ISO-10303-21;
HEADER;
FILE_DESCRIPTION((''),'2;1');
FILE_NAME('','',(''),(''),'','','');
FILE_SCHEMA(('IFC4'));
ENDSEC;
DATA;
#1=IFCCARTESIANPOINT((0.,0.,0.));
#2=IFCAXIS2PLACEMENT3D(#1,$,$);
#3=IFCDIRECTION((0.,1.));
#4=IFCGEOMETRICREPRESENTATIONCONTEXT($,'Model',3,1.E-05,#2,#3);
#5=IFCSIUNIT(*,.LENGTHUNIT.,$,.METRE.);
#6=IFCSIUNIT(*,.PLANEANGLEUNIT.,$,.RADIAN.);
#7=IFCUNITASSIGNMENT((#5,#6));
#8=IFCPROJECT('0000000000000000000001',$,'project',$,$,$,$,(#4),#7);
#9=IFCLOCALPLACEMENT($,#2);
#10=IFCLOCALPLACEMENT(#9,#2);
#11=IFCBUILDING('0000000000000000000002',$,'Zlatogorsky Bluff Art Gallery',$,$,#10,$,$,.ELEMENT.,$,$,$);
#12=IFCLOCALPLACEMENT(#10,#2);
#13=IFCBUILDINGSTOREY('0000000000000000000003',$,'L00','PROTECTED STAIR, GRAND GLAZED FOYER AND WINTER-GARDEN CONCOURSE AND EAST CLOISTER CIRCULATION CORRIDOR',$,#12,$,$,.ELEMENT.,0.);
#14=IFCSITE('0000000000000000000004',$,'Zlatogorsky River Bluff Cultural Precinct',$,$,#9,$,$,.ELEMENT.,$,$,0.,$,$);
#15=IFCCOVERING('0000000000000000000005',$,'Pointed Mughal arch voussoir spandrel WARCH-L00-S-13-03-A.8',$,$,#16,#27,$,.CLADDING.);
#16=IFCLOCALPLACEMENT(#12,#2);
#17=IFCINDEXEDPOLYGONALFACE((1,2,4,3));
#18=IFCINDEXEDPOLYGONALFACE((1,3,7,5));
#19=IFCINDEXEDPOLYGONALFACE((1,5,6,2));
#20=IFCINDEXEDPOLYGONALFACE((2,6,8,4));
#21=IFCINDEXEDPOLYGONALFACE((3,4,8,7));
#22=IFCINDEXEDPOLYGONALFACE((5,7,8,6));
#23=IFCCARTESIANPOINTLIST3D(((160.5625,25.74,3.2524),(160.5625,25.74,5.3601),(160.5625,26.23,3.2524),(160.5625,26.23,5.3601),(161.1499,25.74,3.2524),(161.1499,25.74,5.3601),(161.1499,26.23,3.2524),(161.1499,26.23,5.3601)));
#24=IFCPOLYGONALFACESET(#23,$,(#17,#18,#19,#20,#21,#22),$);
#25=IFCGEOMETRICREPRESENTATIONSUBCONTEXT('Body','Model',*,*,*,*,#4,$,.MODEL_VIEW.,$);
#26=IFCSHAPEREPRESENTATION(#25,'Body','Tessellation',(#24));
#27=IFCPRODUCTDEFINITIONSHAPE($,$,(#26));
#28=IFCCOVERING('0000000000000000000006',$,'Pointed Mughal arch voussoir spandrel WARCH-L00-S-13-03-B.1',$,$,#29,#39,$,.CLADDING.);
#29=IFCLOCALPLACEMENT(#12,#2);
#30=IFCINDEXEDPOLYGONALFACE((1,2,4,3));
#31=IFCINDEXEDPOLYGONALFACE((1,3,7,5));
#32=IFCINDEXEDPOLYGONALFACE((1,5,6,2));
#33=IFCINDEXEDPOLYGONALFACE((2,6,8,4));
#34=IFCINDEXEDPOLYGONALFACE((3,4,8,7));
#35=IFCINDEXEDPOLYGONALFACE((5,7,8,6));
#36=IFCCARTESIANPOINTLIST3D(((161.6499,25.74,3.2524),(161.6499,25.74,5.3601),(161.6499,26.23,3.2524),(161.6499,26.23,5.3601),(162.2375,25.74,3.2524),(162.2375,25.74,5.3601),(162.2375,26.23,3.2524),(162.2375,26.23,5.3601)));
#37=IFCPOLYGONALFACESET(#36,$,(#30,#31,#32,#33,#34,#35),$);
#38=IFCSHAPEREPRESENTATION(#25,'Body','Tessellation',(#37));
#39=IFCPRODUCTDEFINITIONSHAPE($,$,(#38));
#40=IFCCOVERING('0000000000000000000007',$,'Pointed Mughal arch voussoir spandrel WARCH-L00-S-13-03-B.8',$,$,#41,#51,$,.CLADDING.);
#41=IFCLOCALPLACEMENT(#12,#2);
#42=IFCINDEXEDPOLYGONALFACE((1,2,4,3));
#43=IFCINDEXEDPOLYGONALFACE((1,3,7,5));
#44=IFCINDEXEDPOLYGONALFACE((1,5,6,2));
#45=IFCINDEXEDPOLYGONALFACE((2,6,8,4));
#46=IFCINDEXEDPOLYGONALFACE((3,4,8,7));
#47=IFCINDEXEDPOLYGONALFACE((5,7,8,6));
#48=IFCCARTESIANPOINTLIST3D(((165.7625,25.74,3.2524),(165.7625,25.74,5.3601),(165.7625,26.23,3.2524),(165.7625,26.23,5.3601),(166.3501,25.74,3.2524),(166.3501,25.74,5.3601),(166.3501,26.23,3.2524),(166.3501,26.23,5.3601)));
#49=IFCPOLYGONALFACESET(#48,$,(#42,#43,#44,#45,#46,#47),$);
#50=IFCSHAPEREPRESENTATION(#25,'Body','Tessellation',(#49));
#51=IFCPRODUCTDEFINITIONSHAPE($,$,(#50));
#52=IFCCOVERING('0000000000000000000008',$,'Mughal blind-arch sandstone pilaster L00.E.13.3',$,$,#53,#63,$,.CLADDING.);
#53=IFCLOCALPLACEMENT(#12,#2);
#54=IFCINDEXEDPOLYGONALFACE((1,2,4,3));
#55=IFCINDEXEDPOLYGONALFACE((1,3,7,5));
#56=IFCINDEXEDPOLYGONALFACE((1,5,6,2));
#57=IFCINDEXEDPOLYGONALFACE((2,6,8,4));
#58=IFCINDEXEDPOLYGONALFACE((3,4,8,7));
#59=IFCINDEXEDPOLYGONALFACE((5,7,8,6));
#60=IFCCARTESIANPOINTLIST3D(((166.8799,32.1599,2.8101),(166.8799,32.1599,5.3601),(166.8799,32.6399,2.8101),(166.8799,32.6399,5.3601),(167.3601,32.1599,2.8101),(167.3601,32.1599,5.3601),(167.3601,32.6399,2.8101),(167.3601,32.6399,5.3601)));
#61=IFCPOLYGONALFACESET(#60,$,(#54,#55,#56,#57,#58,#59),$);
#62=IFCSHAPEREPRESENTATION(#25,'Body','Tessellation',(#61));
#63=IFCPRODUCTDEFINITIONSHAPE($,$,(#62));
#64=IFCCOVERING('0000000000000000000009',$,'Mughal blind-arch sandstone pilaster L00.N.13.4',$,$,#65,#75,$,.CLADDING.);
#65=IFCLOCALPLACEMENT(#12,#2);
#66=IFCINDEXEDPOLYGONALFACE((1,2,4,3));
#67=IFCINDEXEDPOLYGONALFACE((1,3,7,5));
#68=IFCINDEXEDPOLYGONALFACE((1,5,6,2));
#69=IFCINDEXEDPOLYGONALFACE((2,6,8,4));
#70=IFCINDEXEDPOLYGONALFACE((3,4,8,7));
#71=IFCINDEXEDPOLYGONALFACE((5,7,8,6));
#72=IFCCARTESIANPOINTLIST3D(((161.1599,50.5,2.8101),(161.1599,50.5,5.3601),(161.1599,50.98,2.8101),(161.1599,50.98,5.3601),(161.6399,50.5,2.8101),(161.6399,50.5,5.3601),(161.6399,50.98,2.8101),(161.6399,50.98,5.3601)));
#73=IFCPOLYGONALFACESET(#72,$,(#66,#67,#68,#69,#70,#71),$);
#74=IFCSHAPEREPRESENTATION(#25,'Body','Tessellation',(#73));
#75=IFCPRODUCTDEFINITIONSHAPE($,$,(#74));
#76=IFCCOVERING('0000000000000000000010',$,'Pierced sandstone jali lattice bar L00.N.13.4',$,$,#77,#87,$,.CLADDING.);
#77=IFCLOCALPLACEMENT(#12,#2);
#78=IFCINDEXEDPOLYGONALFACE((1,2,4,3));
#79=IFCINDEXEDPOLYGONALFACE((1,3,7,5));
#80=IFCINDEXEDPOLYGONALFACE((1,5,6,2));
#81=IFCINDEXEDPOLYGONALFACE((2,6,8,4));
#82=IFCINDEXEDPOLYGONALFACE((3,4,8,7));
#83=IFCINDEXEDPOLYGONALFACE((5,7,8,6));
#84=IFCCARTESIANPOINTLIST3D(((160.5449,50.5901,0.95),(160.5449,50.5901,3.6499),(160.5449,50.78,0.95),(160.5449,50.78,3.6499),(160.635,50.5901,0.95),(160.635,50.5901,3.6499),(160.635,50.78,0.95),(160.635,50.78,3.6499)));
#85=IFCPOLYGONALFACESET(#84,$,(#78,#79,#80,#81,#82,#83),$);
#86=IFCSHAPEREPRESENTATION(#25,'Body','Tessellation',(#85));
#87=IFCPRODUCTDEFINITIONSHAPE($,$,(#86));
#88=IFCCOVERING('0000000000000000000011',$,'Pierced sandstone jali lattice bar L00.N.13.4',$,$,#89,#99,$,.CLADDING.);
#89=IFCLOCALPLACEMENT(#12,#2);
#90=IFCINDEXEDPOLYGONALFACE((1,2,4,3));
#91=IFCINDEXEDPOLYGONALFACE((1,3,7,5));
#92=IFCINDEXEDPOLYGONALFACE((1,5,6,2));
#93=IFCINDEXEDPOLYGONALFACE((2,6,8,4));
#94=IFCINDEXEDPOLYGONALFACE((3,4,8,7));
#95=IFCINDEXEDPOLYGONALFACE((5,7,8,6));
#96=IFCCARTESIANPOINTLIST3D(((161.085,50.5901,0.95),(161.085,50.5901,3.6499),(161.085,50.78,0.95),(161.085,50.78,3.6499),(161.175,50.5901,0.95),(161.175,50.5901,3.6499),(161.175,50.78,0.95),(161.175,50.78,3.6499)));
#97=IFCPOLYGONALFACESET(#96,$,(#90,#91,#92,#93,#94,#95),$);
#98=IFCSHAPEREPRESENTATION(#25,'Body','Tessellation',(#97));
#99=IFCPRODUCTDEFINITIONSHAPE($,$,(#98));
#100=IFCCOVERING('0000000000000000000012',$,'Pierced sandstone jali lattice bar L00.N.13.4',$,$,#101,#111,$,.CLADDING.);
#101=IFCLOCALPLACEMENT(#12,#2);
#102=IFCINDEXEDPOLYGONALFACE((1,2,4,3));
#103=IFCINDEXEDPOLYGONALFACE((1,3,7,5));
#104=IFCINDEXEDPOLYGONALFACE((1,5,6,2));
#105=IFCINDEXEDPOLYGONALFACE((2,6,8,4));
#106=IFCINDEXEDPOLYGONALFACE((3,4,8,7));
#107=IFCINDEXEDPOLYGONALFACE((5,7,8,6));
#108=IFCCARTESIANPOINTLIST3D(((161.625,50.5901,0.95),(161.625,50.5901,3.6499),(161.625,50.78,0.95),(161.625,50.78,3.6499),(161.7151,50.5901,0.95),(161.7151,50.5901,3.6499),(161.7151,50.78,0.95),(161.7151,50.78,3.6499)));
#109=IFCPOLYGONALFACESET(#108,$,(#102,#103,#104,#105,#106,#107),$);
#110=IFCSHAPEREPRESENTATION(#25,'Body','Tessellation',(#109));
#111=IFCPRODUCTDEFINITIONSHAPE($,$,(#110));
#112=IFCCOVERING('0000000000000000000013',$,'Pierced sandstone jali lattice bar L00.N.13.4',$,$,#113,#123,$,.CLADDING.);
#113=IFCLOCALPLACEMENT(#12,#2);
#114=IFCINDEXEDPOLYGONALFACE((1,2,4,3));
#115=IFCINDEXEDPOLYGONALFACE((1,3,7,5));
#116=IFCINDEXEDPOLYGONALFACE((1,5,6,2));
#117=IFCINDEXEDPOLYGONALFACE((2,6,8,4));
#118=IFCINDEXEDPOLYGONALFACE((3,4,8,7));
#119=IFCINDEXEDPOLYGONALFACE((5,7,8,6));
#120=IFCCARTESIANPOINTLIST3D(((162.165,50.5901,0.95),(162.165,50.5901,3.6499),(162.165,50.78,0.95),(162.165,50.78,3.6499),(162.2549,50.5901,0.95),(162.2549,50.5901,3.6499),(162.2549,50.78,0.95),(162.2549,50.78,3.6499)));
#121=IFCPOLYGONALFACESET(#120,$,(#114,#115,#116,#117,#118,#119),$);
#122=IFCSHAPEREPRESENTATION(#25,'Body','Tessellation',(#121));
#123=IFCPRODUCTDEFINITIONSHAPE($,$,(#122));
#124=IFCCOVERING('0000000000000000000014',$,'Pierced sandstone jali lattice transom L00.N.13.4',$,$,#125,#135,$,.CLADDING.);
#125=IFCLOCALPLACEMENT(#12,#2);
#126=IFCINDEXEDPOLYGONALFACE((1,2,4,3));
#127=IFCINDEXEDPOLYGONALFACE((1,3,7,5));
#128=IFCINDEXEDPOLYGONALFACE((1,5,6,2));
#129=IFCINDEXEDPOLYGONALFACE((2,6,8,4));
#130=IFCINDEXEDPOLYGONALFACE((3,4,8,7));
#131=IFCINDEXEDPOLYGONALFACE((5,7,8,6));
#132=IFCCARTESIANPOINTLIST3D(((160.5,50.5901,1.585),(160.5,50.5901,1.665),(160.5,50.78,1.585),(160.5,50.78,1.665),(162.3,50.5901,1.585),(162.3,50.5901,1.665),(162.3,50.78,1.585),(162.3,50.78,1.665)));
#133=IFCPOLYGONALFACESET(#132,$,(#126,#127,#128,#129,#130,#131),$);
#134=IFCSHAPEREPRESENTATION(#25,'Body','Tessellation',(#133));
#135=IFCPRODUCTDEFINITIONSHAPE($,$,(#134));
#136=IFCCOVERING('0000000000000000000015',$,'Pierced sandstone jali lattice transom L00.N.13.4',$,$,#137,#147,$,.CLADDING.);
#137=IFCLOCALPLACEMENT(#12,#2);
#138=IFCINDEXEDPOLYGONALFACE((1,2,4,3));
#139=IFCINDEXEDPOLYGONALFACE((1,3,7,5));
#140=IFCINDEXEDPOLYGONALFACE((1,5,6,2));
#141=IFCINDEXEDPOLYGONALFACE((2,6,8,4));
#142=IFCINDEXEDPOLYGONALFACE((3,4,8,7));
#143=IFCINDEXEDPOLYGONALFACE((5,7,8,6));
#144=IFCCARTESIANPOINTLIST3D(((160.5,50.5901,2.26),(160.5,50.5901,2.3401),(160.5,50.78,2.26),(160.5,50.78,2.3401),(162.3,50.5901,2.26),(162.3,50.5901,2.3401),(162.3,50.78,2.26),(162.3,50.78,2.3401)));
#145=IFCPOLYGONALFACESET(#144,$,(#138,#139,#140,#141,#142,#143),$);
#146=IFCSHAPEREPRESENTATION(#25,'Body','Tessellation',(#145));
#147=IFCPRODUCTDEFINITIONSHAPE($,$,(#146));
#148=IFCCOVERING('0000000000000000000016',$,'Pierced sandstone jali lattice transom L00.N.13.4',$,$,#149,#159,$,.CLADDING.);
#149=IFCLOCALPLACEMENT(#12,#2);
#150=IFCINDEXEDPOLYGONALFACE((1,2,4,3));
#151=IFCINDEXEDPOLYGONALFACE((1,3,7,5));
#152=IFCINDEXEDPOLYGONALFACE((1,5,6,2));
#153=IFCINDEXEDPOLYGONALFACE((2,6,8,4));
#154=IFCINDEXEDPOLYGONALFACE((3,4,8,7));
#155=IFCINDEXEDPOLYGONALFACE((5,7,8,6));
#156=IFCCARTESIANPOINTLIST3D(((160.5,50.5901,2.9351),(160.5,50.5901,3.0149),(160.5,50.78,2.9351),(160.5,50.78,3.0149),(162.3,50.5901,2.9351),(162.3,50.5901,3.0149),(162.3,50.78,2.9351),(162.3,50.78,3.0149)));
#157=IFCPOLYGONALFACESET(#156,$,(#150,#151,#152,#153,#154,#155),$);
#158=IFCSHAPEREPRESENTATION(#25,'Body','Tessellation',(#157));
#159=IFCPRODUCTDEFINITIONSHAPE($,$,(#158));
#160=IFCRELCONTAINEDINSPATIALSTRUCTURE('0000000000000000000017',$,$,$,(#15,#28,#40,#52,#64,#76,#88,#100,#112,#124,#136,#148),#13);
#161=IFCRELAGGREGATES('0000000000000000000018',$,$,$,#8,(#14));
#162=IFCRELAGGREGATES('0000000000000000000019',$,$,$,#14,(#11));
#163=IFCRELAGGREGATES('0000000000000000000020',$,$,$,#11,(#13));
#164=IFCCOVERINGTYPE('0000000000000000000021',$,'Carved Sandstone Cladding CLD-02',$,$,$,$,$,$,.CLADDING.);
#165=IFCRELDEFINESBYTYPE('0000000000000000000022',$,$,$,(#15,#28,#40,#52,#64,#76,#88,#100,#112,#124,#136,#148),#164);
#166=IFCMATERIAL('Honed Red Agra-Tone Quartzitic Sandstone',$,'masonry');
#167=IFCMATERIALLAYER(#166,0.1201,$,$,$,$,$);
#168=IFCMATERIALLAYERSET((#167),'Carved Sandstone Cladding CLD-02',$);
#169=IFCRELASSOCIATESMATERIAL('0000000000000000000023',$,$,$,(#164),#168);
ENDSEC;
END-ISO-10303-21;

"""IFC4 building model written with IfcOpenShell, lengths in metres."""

from ifc_helpers import new_model, si_unit, direction, frame, origin, place, context, subcontext, project, spatial, polyline, outline, extrude, material, layer, layer_set, type_object, element, save


model = new_model("IFC4")

# Units and contexts
model_context = context("Model", 3, precision=1e-05, world=origin(), true_north=direction((0.0, 1.0)))
body_context = subcontext(model_context, "Body", "Model", "MODEL_VIEW")
ifc_project = project(units=[si_unit("LENGTHUNIT", "METRE"), si_unit("PLANEANGLEUNIT", "RADIAN")], contexts=[model_context])

# Site, building, storey
site_placement = place(None, origin())
site = spatial("IfcSite", under=ifc_project, at=site_placement, Name="Zlatogorsky River Bluff Cultural Precinct", CompositionType="ELEMENT", RefElevation=0.0)
building_placement = place(site_placement, origin())
building = spatial("IfcBuilding", under=site, at=building_placement, Name="Zlatogorsky Bluff Art Gallery", CompositionType="ELEMENT")
storey_placement = place(building_placement, origin())
storey = spatial("IfcBuildingStorey", under=building, at=storey_placement, Name="L00", Description="PROTECTED STAIR, GRAND GLAZED FOYER AND WINTER-GARDEN CONCOURSE AND EAST CLOISTER CIRCULATION CORRIDOR", CompositionType="ELEMENT", Elevation=0.0)

# Coverings
ifc_material = material(Name="Honed Red Agra-Tone Quartzitic Sandstone", Category="masonry")
ifc_layer = layer(ifc_material, 0.1201)
ifc_layer_set = layer_set([ifc_layer], Name="Carved Sandstone Cladding CLD-02")
covering_type = type_object("IfcCoveringType", Name="Carved Sandstone Cladding CLD-02", PredefinedType="CLADDING", material=ifc_layer_set)
covering_1_placement = place(storey_placement, frame((0.0, 0.0, 3.2524)))
element("IfcCovering", 1, at=covering_1_placement, inside=storey, type_object=covering_type, Name="Pointed Mughal arch voussoir spandrel WARCH-L00-S-13-03-A.8", PredefinedType="CLADDING", context=body_context, shape_type="SweptSolid", body=[
    extrude(outline(polyline([(160.5625, 25.74), (161.1499, 25.74), (161.1499, 26.23), (160.5625, 26.23), (160.5625, 25.74)])), origin(), (0.0, 0.0, 1.0), 2.1077),
])
covering_2_placement = place(storey_placement, frame((0.0, 0.0, 3.2524)))
element("IfcCovering", 2, at=covering_2_placement, inside=storey, type_object=covering_type, Name="Pointed Mughal arch voussoir spandrel WARCH-L00-S-13-03-B.1", PredefinedType="CLADDING", context=body_context, shape_type="SweptSolid", body=[
    extrude(outline(polyline([(161.6499, 25.74), (162.2375, 25.74), (162.2375, 26.23), (161.6499, 26.23), (161.6499, 25.74)])), origin(), (0.0, 0.0, 1.0), 2.1077),
])
covering_3_placement = place(storey_placement, frame((0.0, 0.0, 3.2524)))
element("IfcCovering", 3, at=covering_3_placement, inside=storey, type_object=covering_type, Name="Pointed Mughal arch voussoir spandrel WARCH-L00-S-13-03-B.8", PredefinedType="CLADDING", context=body_context, shape_type="SweptSolid", body=[
    extrude(outline(polyline([(165.7625, 25.74), (166.3501, 25.74), (166.3501, 26.23), (165.7625, 26.23), (165.7625, 25.74)])), origin(), (0.0, 0.0, 1.0), 2.1077),
])
covering_4_placement = place(storey_placement, frame((0.0, 0.0, 2.8101)))
element("IfcCovering", 4, at=covering_4_placement, inside=storey, type_object=covering_type, Name="Mughal blind-arch sandstone pilaster L00.E.13.3", PredefinedType="CLADDING", context=body_context, shape_type="SweptSolid", body=[
    extrude(outline(polyline([(166.8799, 32.1599), (167.3601, 32.1599), (167.3601, 32.6399), (166.8799, 32.6399), (166.8799, 32.1599)])), origin(), (0.0, 0.0, 1.0), 2.55),
])
covering_5_placement = place(storey_placement, frame((0.0, 0.0, 2.8101)))
element("IfcCovering", 5, at=covering_5_placement, inside=storey, type_object=covering_type, Name="Mughal blind-arch sandstone pilaster L00.N.13.4", PredefinedType="CLADDING", context=body_context, shape_type="SweptSolid", body=[
    extrude(outline(polyline([(161.1599, 50.5), (161.6399, 50.5), (161.6399, 50.98), (161.1599, 50.98), (161.1599, 50.5)])), origin(), (0.0, 0.0, 1.0), 2.55),
])
covering_6_placement = place(storey_placement, frame((0.0, 0.0, 0.95)))
element("IfcCovering", 6, at=covering_6_placement, inside=storey, type_object=covering_type, Name="Pierced sandstone jali lattice bar L00.N.13.4", PredefinedType="CLADDING", context=body_context, shape_type="SweptSolid", body=[
    extrude(outline(polyline([(160.5449, 50.5901), (160.635, 50.5901), (160.635, 50.78), (160.5449, 50.78), (160.5449, 50.5901)])), origin(), (0.0, 0.0, 1.0), 2.7),
])
covering_7_placement = place(storey_placement, frame((0.0, 0.0, 0.95)))
element("IfcCovering", 7, at=covering_7_placement, inside=storey, type_object=covering_type, Name="Pierced sandstone jali lattice bar L00.N.13.4", PredefinedType="CLADDING", context=body_context, shape_type="SweptSolid", body=[
    extrude(outline(polyline([(161.085, 50.5901), (161.175, 50.5901), (161.175, 50.78), (161.085, 50.78), (161.085, 50.5901)])), origin(), (0.0, 0.0, 1.0), 2.7),
])
covering_8_placement = place(storey_placement, frame((0.0, 0.0, 0.95)))
element("IfcCovering", 8, at=covering_8_placement, inside=storey, type_object=covering_type, Name="Pierced sandstone jali lattice bar L00.N.13.4", PredefinedType="CLADDING", context=body_context, shape_type="SweptSolid", body=[
    extrude(outline(polyline([(161.625, 50.5901), (161.7151, 50.5901), (161.7151, 50.78), (161.625, 50.78), (161.625, 50.5901)])), origin(), (0.0, 0.0, 1.0), 2.7),
])
covering_9_placement = place(storey_placement, frame((0.0, 0.0, 0.95)))
element("IfcCovering", 9, at=covering_9_placement, inside=storey, type_object=covering_type, Name="Pierced sandstone jali lattice bar L00.N.13.4", PredefinedType="CLADDING", context=body_context, shape_type="SweptSolid", body=[
    extrude(outline(polyline([(162.165, 50.5901), (162.2549, 50.5901), (162.2549, 50.78), (162.165, 50.78), (162.165, 50.5901)])), origin(), (0.0, 0.0, 1.0), 2.7),
])
for number, where, name in (
    (10, (0.0, 0.0, 1.585), "Pierced sandstone jali lattice transom L00.N.13.4"),
    (11, (0.0, 0.0, 2.26), "Pierced sandstone jali lattice transom L00.N.13.4"),
):
    element("IfcCovering", number, at=place(storey_placement, frame(where)), inside=storey, type_object=covering_type, Name=name, PredefinedType="CLADDING", context=body_context, shape_type="SweptSolid", body=[
        extrude(outline(polyline([(160.5, 50.5901), (162.3, 50.5901), (162.3, 50.78), (160.5, 50.78), (160.5, 50.5901)])), origin(), (0.0, 0.0, 1.0), 0.0801),
    ])
covering_10_placement = place(storey_placement, frame((0.0, 0.0, 2.9351)))
element("IfcCovering", 12, at=covering_10_placement, inside=storey, type_object=covering_type, Name="Pierced sandstone jali lattice transom L00.N.13.4", PredefinedType="CLADDING", context=body_context, shape_type="SweptSolid", body=[
    extrude(outline(polyline([(160.5, 50.5901), (162.3, 50.5901), (162.3, 50.78), (160.5, 50.78), (160.5, 50.5901)])), origin(), (0.0, 0.0, 1.0), 0.0798),
])

save(model, "model.ifc")
